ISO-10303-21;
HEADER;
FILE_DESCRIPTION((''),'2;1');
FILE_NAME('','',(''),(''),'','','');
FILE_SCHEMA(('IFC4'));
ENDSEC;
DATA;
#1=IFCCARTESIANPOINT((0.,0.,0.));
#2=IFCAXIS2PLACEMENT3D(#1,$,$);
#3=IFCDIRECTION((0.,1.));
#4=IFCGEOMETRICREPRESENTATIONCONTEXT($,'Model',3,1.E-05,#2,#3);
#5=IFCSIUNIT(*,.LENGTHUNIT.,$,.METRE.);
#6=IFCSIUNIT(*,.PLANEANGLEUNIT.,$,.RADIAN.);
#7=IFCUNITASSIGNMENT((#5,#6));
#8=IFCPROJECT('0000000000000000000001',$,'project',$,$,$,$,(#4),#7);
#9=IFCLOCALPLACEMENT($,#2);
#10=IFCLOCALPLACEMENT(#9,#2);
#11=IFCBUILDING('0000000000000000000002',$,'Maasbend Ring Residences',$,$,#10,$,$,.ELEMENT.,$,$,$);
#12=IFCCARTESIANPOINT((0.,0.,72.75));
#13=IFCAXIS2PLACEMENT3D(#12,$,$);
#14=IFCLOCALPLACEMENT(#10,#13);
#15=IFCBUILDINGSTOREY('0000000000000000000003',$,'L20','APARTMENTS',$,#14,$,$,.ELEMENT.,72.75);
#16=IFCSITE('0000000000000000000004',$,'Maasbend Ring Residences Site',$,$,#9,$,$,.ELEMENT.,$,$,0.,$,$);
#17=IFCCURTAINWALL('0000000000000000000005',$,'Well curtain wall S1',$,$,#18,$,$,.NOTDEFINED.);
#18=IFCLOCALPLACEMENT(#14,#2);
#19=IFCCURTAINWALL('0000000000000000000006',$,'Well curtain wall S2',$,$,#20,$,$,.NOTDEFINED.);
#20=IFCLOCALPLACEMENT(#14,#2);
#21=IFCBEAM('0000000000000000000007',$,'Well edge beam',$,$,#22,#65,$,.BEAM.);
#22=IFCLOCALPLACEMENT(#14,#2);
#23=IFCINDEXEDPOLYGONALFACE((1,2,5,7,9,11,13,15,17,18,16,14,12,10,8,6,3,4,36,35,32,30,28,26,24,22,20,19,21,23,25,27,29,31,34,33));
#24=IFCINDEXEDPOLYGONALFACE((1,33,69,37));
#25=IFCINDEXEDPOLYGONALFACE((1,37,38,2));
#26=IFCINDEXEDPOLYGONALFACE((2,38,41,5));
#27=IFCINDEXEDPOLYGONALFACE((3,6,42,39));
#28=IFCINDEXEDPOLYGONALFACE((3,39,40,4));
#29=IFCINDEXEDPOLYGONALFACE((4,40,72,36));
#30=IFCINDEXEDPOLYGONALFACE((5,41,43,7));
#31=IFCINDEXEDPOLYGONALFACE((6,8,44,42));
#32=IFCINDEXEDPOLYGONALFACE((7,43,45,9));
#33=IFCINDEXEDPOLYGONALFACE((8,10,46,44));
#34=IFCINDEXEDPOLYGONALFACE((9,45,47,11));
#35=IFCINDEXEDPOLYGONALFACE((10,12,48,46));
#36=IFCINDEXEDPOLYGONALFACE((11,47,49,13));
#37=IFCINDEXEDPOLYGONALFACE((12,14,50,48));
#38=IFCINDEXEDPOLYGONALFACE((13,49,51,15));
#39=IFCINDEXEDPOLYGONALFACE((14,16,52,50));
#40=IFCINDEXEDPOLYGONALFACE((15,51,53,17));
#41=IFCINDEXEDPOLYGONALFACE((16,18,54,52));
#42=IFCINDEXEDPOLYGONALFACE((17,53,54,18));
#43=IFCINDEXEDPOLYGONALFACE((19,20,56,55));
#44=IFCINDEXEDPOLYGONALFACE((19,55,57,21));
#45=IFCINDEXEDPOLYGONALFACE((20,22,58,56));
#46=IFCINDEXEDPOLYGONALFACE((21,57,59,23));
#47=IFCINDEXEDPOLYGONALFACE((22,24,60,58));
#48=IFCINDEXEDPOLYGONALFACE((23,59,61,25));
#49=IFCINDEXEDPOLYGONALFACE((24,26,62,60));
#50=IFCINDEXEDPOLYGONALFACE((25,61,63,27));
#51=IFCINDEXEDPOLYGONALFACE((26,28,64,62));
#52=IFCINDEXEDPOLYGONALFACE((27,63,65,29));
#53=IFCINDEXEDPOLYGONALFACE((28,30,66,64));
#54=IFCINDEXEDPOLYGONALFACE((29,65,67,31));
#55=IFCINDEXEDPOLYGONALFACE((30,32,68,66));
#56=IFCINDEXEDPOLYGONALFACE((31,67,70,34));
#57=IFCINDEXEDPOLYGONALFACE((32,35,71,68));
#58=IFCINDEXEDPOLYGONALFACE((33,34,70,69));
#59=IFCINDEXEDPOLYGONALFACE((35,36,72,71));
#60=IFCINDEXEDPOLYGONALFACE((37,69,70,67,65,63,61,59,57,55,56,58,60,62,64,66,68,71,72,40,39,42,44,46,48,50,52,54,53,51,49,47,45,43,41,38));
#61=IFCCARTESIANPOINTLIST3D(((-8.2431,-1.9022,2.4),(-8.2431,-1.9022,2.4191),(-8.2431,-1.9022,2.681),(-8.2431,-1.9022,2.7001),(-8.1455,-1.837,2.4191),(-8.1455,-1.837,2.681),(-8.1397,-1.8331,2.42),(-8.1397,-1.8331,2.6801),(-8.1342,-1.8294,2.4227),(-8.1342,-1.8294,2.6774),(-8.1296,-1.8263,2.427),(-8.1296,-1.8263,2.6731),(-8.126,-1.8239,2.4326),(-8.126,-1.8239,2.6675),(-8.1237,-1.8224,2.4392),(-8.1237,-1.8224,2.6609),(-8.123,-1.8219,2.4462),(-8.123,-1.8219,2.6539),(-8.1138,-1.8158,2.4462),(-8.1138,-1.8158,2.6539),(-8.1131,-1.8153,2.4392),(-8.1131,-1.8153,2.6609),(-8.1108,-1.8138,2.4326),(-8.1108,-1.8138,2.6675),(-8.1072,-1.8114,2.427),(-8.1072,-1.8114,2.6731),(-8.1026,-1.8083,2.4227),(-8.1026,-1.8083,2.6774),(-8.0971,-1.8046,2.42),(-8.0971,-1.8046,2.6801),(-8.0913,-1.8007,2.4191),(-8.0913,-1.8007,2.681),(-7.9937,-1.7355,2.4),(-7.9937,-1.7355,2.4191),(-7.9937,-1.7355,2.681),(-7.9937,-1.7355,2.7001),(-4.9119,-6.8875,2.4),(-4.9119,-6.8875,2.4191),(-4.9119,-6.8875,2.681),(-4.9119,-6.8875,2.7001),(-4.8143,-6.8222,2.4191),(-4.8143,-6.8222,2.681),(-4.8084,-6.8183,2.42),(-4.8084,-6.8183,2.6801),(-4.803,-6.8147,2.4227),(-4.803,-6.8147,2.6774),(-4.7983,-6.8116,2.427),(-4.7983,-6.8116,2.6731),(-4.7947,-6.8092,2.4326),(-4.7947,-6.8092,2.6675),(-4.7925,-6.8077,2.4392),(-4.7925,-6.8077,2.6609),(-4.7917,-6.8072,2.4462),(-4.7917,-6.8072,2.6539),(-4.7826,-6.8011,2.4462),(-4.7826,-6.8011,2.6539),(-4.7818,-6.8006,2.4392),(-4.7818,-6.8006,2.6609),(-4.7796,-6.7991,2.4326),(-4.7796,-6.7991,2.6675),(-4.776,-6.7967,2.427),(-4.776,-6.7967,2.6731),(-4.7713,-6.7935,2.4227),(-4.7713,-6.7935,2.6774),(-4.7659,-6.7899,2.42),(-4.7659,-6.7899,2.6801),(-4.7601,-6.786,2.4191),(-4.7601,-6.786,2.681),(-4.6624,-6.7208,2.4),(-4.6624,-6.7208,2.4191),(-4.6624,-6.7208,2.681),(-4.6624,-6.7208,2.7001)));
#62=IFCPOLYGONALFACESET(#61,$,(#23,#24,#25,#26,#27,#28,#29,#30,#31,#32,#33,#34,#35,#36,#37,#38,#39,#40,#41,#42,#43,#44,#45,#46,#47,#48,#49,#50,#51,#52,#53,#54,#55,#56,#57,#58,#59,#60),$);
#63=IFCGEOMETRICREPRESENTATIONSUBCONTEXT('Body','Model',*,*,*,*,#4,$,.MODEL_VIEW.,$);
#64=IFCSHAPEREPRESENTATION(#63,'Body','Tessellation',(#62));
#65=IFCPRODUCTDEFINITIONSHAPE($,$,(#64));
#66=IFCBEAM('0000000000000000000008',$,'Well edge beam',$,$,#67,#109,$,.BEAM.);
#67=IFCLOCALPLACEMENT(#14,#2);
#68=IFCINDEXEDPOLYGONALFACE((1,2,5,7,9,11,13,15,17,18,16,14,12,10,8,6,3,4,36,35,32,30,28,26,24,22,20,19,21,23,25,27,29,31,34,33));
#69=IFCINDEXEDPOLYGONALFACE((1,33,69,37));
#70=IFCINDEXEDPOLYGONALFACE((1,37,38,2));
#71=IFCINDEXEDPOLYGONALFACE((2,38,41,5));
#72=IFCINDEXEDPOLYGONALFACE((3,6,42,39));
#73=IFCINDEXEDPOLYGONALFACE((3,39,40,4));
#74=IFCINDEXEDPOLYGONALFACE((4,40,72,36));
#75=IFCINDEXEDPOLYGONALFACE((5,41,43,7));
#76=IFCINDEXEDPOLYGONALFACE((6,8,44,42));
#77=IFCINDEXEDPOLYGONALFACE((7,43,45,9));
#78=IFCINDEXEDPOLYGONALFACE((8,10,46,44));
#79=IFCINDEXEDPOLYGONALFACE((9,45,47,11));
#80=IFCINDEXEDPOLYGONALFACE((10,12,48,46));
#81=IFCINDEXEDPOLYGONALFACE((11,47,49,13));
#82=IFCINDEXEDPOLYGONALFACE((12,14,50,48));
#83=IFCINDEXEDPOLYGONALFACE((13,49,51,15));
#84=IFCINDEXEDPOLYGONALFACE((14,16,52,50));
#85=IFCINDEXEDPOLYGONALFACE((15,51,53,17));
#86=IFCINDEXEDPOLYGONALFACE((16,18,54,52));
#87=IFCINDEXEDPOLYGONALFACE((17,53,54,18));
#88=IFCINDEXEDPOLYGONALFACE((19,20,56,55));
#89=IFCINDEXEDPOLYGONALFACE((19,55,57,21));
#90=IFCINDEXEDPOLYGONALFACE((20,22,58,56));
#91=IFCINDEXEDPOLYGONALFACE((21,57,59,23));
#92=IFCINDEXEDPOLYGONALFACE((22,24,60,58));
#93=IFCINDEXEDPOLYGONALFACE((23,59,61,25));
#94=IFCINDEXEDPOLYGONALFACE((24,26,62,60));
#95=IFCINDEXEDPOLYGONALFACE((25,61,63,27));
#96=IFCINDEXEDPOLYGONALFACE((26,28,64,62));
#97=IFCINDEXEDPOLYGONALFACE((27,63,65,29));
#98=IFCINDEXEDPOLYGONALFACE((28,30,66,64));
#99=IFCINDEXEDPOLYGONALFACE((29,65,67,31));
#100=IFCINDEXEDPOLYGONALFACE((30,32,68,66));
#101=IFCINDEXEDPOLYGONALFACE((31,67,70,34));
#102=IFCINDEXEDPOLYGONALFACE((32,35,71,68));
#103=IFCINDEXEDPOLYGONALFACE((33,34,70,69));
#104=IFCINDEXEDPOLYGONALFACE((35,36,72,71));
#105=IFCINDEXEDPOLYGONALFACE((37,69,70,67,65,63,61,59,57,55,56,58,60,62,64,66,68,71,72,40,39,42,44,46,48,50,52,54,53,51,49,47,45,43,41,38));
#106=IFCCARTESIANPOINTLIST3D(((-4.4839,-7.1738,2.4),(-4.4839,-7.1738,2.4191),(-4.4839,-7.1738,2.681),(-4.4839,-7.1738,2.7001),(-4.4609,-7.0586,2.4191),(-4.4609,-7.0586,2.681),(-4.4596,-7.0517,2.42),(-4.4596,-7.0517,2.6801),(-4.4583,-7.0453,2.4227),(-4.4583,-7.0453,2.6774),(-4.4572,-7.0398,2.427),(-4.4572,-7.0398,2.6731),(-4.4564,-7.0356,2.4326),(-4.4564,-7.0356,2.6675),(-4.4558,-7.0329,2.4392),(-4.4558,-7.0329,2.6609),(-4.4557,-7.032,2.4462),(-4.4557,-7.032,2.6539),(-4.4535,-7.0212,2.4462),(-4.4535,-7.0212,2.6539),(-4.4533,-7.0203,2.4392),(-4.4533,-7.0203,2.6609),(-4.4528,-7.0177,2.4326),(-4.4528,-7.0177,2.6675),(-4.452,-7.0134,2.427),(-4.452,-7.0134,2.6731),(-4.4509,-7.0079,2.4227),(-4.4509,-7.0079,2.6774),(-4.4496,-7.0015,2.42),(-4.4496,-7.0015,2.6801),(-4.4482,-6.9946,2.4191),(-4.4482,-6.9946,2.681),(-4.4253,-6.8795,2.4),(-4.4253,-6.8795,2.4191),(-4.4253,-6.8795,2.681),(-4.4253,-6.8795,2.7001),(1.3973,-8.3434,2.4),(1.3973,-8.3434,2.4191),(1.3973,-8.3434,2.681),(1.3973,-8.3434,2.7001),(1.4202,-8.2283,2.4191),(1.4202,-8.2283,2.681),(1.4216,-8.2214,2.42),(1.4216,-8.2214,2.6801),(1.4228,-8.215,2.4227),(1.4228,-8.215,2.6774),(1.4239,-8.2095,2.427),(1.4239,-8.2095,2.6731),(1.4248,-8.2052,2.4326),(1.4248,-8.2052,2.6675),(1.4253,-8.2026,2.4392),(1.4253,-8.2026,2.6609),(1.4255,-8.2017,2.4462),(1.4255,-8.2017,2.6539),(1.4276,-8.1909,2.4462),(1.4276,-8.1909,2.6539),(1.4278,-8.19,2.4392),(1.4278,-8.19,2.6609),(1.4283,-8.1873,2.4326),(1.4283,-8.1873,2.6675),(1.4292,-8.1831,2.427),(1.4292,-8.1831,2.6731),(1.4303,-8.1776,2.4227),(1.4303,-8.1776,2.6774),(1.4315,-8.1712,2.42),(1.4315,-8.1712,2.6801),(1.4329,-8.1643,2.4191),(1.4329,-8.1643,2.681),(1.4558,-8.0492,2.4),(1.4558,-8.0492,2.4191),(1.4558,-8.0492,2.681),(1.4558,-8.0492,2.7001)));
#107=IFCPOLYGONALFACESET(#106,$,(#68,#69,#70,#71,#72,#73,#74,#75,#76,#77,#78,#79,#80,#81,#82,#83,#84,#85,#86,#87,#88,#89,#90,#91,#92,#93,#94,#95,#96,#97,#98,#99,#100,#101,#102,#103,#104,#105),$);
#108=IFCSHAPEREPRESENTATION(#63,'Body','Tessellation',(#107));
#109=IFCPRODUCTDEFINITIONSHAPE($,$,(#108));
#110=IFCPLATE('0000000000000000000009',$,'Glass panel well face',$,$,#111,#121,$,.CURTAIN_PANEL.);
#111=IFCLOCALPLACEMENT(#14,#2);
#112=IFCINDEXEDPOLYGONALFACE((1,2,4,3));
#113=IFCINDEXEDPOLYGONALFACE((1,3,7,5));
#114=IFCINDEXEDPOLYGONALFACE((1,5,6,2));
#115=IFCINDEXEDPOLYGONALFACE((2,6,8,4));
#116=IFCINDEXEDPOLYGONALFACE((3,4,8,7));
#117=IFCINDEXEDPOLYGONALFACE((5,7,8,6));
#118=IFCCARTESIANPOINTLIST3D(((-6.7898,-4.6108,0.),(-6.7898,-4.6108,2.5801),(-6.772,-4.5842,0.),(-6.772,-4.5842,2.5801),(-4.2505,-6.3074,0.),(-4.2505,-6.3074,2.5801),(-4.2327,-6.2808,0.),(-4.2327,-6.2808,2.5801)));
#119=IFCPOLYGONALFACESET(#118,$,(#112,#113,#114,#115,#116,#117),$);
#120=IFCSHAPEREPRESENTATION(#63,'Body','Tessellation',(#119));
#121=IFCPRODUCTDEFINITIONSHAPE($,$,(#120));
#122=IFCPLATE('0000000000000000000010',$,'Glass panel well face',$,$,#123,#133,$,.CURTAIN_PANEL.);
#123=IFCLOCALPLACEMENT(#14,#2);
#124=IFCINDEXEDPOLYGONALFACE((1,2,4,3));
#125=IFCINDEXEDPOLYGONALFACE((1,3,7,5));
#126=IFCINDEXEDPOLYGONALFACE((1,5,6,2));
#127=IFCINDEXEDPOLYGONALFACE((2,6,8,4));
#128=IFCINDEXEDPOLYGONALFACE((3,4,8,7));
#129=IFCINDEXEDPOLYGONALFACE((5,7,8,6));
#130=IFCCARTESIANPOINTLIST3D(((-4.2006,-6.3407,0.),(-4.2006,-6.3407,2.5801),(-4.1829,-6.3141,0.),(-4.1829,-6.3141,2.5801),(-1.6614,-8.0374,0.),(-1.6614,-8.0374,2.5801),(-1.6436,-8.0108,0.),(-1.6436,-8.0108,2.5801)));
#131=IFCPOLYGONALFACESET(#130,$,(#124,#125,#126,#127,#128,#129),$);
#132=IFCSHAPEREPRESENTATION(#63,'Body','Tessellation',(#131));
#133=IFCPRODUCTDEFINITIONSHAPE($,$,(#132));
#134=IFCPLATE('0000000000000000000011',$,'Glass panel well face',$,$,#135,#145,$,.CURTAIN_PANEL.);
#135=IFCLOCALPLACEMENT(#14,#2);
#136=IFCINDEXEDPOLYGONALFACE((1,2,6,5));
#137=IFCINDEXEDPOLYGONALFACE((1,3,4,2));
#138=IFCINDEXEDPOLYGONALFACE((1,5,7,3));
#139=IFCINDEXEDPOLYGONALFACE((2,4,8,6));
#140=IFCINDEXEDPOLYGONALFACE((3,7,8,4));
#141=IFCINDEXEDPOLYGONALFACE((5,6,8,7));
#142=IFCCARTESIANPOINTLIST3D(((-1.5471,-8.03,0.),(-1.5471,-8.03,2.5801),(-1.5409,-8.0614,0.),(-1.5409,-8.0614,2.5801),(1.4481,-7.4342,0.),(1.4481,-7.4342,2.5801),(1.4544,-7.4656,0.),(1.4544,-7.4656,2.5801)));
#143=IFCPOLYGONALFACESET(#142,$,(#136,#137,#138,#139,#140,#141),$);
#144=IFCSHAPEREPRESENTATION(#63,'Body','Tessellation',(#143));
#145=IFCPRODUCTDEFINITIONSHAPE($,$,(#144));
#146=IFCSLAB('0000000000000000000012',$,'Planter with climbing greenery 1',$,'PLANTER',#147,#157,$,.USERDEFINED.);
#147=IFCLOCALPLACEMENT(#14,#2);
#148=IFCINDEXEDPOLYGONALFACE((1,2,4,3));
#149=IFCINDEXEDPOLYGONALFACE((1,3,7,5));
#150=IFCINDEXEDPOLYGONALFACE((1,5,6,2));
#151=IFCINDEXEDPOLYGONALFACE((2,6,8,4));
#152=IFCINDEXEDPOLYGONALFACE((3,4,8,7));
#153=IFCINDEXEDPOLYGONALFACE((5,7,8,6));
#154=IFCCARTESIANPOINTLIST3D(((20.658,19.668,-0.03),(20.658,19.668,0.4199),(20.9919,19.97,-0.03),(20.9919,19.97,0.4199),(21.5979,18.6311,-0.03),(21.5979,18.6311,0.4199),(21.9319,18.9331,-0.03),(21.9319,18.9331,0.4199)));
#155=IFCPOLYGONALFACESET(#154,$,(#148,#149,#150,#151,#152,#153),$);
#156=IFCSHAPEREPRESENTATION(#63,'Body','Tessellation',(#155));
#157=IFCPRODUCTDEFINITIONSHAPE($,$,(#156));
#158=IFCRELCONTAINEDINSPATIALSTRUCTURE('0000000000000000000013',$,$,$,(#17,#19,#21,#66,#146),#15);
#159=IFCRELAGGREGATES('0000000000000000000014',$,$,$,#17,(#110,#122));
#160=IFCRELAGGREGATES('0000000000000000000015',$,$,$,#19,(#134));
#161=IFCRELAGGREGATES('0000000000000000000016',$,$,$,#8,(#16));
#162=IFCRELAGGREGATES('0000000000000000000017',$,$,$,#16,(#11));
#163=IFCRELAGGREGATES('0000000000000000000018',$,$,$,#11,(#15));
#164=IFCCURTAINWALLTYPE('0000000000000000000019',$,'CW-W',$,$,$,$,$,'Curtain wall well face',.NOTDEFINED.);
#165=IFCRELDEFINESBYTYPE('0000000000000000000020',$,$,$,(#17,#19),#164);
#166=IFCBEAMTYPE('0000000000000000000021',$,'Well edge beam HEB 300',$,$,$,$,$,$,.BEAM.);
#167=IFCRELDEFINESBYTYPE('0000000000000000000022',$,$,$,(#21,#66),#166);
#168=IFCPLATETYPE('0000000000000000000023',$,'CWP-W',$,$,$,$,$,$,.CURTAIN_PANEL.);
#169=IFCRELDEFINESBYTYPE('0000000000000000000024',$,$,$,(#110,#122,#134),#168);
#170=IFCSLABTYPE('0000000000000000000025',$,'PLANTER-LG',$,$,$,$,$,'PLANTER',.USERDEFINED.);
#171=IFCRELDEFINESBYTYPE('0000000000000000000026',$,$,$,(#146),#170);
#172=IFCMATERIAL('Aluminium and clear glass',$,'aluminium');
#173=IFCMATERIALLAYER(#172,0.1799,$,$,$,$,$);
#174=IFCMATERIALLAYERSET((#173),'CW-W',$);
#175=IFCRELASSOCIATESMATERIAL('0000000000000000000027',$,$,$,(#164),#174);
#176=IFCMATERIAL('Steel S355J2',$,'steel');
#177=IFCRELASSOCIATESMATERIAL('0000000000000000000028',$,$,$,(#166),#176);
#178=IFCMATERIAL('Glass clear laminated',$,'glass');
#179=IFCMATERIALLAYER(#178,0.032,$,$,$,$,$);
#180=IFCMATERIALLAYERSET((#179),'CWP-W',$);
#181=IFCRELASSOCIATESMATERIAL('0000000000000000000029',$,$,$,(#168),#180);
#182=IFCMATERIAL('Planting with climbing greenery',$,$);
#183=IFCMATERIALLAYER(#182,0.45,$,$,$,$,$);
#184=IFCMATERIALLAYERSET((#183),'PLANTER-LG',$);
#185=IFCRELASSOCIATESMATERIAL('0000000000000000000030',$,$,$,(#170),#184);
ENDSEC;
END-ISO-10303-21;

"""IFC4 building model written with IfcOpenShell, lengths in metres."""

from ifc_helpers import new_model, si_unit, direction, frame, origin, origin_2d, place, context, subcontext, project, spatial, polyline, rectangle, i_section, outline, extrude, material, layer, layer_set, material_profile, profile_set, type_object, element, aggregate, save


model = new_model("IFC4")

# Units and contexts
model_context = context("Model", 3, precision=1e-05, world=origin(), true_north=direction((0.0, 1.0)))
body_context = subcontext(model_context, "Body", "Model", "MODEL_VIEW")
ifc_project = project(units=[si_unit("LENGTHUNIT", "METRE"), si_unit("PLANEANGLEUNIT", "RADIAN")], contexts=[model_context])

# Site, building, storey
site_placement = place(None, origin())
site = spatial("IfcSite", under=ifc_project, at=site_placement, Name="Maasbend Ring Residences Site", CompositionType="ELEMENT", RefElevation=0.0)
building_placement = place(site_placement, origin())
building = spatial("IfcBuilding", under=site, at=building_placement, Name="Maasbend Ring Residences", CompositionType="ELEMENT")
storey_placement = place(building_placement, frame((0.0, 0.0, 72.75)))
storey = spatial("IfcBuildingStorey", under=building, at=storey_placement, Name="L20", Description="APARTMENTS", CompositionType="ELEMENT", Elevation=72.75)

# Curtain wall
ifc_material_1 = material(Name="Aluminium and clear glass", Category="aluminium")
ifc_layer_1 = layer(ifc_material_1, 0.1799)
ifc_layer_set_1 = layer_set([ifc_layer_1], Name="CW-W")
curtain_wall_type = type_object("IfcCurtainWallType", Name="CW-W", ElementType="Curtain wall well face", PredefinedType="NOTDEFINED", material=ifc_layer_set_1)
curtain_wall_1_placement = place(storey_placement, origin())
curtain_wall_1 = element("IfcCurtainWall", 1, at=curtain_wall_1_placement, inside=storey, type_object=curtain_wall_type, Name="Well curtain wall S1", PredefinedType="NOTDEFINED")

# Curtain wall
curtain_wall_2_placement = place(storey_placement, origin())
curtain_wall_2 = element("IfcCurtainWall", 2, at=curtain_wall_2_placement, inside=storey, type_object=curtain_wall_type, Name="Well curtain wall S2", PredefinedType="NOTDEFINED")

# Beams
ifc_material_2 = material(Name="Steel S355J2", Category="steel")
ifc_material_profile_1 = material_profile(ifc_material_2, i_section(OverallWidth=0.3, OverallDepth=0.3, WebThickness=0.011, FlangeThickness=0.019, FilletRadius=0.0271, at=origin_2d()), Name="HEB 300")
ifc_profile_set_1 = profile_set([ifc_material_profile_1], Name="Steel S355J2")
beam_type = type_object("IfcBeamType", Name="Well edge beam HEB 300", PredefinedType="BEAM", material=ifc_profile_set_1)
beam_1_placement = place(storey_placement, frame((-8.1184, -1.8188, 2.55), z_axis=(0.555593, -0.831455, 0.0), x_axis=(0.831455, 0.555593, 0.0)))
element("IfcBeam", 3, at=beam_1_placement, inside=storey, type_object=beam_type, Name="Well edge beam", PredefinedType="BEAM", context=body_context, shape_type="SweptSolid", body=[
    extrude(i_section(OverallWidth=0.3, OverallDepth=0.3, WebThickness=0.011, FlangeThickness=0.019, FilletRadius=0.0271, at=origin_2d()), origin(), (0.0, 0.0, 1.0), 5.9958),
])
beam_2_placement = place(storey_placement, frame((-4.4546, -7.0266, 2.55), z_axis=(0.98079, -0.195067, 0.0), x_axis=(0.195067, 0.98079, 0.0)))
element("IfcBeam", 4, at=beam_2_placement, inside=storey, type_object=beam_type, Name="Well edge beam", PredefinedType="BEAM", context=body_context, shape_type="SweptSolid", body=[
    extrude(i_section(OverallWidth=0.3, OverallDepth=0.3, WebThickness=0.011, FlangeThickness=0.019, FilletRadius=0.0271, at=origin_2d()), origin(), (0.0, 0.0, 1.0), 5.9963),
])

# Plates
ifc_material_3 = material(Name="Glass clear laminated", Category="glass")
ifc_layer_2 = layer(ifc_material_3, 0.032)
ifc_layer_set_2 = layer_set([ifc_layer_2], Name="CWP-W")
plate_type = type_object("IfcPlateType", Name="CWP-W", PredefinedType="CURTAIN_PANEL", material=ifc_layer_set_2)
plate_1_placement = place(storey_placement, frame((-5.5112, -5.4458, 0.0), z_axis=(0.0, 0.0, 1.0), x_axis=(0.83147, -0.55557, 0.0)))
plate_1 = element("IfcPlate", 5, at=plate_1_placement, type_object=plate_type, Name="Glass panel well face", PredefinedType="CURTAIN_PANEL", context=body_context, shape_type="SweptSolid", body=[
    extrude(rectangle(XDim=3.054, YDim=0.032, at=origin_2d()), origin(), (0.0, 0.0, 1.0), 2.5801),
])
plate_2_placement = place(storey_placement, frame((-2.9221, -7.1758, 0.0), z_axis=(0.0, 0.0, 1.0), x_axis=(0.83147, -0.55557, 0.0)))
plate_2 = element("IfcPlate", 6, at=plate_2_placement, type_object=plate_type, Name="Glass panel well face", PredefinedType="CURTAIN_PANEL", context=body_context, shape_type="SweptSolid", body=[
    extrude(rectangle(XDim=3.054, YDim=0.032, at=origin_2d()), origin(), (0.0, 0.0, 1.0), 2.5801),
])
aggregate(curtain_wall_1, [plate_1, plate_2])
plate_3_placement = place(storey_placement, frame((-0.0464, -7.7478, 0.0), z_axis=(0.0, 0.0, 1.0), x_axis=(0.980785, 0.19509, 0.0)))
plate_3 = element("IfcPlate", 7, at=plate_3_placement, type_object=plate_type, Name="Glass panel well face", PredefinedType="CURTAIN_PANEL", context=body_context, shape_type="SweptSolid", body=[
    extrude(rectangle(XDim=3.054, YDim=0.032, at=origin_2d()), origin(), (0.0, 0.0, 1.0), 2.5801),
])
aggregate(curtain_wall_2, [plate_3])

# Slab
ifc_material_4 = material(Name="Planting with climbing greenery")
ifc_layer_3 = layer(ifc_material_4, 0.45)
ifc_layer_set_3 = layer_set([ifc_layer_3], Name="PLANTER-LG")
slab_type_1 = type_object("IfcSlabType", Name="PLANTER-LG", ElementType="PLANTER", PredefinedType="USERDEFINED", material=ifc_layer_set_3)
slab_1_placement = place(storey_placement, frame((0.0, 0.0, -0.03)))
element("IfcSlab", 8, at=slab_1_placement, inside=storey, type_object=slab_type_1, Name="Planter with climbing greenery 1", ObjectType="PLANTER", PredefinedType="USERDEFINED", context=body_context, shape_type="SweptSolid", body=[
    extrude(outline(polyline([(21.9319, 18.9331), (20.9919, 19.97), (20.658, 19.668), (21.5979, 18.6311), (21.9319, 18.9331)])), origin(), (0.0, 0.0, 1.0), 0.45),
])

save(model, "model.ifc")
